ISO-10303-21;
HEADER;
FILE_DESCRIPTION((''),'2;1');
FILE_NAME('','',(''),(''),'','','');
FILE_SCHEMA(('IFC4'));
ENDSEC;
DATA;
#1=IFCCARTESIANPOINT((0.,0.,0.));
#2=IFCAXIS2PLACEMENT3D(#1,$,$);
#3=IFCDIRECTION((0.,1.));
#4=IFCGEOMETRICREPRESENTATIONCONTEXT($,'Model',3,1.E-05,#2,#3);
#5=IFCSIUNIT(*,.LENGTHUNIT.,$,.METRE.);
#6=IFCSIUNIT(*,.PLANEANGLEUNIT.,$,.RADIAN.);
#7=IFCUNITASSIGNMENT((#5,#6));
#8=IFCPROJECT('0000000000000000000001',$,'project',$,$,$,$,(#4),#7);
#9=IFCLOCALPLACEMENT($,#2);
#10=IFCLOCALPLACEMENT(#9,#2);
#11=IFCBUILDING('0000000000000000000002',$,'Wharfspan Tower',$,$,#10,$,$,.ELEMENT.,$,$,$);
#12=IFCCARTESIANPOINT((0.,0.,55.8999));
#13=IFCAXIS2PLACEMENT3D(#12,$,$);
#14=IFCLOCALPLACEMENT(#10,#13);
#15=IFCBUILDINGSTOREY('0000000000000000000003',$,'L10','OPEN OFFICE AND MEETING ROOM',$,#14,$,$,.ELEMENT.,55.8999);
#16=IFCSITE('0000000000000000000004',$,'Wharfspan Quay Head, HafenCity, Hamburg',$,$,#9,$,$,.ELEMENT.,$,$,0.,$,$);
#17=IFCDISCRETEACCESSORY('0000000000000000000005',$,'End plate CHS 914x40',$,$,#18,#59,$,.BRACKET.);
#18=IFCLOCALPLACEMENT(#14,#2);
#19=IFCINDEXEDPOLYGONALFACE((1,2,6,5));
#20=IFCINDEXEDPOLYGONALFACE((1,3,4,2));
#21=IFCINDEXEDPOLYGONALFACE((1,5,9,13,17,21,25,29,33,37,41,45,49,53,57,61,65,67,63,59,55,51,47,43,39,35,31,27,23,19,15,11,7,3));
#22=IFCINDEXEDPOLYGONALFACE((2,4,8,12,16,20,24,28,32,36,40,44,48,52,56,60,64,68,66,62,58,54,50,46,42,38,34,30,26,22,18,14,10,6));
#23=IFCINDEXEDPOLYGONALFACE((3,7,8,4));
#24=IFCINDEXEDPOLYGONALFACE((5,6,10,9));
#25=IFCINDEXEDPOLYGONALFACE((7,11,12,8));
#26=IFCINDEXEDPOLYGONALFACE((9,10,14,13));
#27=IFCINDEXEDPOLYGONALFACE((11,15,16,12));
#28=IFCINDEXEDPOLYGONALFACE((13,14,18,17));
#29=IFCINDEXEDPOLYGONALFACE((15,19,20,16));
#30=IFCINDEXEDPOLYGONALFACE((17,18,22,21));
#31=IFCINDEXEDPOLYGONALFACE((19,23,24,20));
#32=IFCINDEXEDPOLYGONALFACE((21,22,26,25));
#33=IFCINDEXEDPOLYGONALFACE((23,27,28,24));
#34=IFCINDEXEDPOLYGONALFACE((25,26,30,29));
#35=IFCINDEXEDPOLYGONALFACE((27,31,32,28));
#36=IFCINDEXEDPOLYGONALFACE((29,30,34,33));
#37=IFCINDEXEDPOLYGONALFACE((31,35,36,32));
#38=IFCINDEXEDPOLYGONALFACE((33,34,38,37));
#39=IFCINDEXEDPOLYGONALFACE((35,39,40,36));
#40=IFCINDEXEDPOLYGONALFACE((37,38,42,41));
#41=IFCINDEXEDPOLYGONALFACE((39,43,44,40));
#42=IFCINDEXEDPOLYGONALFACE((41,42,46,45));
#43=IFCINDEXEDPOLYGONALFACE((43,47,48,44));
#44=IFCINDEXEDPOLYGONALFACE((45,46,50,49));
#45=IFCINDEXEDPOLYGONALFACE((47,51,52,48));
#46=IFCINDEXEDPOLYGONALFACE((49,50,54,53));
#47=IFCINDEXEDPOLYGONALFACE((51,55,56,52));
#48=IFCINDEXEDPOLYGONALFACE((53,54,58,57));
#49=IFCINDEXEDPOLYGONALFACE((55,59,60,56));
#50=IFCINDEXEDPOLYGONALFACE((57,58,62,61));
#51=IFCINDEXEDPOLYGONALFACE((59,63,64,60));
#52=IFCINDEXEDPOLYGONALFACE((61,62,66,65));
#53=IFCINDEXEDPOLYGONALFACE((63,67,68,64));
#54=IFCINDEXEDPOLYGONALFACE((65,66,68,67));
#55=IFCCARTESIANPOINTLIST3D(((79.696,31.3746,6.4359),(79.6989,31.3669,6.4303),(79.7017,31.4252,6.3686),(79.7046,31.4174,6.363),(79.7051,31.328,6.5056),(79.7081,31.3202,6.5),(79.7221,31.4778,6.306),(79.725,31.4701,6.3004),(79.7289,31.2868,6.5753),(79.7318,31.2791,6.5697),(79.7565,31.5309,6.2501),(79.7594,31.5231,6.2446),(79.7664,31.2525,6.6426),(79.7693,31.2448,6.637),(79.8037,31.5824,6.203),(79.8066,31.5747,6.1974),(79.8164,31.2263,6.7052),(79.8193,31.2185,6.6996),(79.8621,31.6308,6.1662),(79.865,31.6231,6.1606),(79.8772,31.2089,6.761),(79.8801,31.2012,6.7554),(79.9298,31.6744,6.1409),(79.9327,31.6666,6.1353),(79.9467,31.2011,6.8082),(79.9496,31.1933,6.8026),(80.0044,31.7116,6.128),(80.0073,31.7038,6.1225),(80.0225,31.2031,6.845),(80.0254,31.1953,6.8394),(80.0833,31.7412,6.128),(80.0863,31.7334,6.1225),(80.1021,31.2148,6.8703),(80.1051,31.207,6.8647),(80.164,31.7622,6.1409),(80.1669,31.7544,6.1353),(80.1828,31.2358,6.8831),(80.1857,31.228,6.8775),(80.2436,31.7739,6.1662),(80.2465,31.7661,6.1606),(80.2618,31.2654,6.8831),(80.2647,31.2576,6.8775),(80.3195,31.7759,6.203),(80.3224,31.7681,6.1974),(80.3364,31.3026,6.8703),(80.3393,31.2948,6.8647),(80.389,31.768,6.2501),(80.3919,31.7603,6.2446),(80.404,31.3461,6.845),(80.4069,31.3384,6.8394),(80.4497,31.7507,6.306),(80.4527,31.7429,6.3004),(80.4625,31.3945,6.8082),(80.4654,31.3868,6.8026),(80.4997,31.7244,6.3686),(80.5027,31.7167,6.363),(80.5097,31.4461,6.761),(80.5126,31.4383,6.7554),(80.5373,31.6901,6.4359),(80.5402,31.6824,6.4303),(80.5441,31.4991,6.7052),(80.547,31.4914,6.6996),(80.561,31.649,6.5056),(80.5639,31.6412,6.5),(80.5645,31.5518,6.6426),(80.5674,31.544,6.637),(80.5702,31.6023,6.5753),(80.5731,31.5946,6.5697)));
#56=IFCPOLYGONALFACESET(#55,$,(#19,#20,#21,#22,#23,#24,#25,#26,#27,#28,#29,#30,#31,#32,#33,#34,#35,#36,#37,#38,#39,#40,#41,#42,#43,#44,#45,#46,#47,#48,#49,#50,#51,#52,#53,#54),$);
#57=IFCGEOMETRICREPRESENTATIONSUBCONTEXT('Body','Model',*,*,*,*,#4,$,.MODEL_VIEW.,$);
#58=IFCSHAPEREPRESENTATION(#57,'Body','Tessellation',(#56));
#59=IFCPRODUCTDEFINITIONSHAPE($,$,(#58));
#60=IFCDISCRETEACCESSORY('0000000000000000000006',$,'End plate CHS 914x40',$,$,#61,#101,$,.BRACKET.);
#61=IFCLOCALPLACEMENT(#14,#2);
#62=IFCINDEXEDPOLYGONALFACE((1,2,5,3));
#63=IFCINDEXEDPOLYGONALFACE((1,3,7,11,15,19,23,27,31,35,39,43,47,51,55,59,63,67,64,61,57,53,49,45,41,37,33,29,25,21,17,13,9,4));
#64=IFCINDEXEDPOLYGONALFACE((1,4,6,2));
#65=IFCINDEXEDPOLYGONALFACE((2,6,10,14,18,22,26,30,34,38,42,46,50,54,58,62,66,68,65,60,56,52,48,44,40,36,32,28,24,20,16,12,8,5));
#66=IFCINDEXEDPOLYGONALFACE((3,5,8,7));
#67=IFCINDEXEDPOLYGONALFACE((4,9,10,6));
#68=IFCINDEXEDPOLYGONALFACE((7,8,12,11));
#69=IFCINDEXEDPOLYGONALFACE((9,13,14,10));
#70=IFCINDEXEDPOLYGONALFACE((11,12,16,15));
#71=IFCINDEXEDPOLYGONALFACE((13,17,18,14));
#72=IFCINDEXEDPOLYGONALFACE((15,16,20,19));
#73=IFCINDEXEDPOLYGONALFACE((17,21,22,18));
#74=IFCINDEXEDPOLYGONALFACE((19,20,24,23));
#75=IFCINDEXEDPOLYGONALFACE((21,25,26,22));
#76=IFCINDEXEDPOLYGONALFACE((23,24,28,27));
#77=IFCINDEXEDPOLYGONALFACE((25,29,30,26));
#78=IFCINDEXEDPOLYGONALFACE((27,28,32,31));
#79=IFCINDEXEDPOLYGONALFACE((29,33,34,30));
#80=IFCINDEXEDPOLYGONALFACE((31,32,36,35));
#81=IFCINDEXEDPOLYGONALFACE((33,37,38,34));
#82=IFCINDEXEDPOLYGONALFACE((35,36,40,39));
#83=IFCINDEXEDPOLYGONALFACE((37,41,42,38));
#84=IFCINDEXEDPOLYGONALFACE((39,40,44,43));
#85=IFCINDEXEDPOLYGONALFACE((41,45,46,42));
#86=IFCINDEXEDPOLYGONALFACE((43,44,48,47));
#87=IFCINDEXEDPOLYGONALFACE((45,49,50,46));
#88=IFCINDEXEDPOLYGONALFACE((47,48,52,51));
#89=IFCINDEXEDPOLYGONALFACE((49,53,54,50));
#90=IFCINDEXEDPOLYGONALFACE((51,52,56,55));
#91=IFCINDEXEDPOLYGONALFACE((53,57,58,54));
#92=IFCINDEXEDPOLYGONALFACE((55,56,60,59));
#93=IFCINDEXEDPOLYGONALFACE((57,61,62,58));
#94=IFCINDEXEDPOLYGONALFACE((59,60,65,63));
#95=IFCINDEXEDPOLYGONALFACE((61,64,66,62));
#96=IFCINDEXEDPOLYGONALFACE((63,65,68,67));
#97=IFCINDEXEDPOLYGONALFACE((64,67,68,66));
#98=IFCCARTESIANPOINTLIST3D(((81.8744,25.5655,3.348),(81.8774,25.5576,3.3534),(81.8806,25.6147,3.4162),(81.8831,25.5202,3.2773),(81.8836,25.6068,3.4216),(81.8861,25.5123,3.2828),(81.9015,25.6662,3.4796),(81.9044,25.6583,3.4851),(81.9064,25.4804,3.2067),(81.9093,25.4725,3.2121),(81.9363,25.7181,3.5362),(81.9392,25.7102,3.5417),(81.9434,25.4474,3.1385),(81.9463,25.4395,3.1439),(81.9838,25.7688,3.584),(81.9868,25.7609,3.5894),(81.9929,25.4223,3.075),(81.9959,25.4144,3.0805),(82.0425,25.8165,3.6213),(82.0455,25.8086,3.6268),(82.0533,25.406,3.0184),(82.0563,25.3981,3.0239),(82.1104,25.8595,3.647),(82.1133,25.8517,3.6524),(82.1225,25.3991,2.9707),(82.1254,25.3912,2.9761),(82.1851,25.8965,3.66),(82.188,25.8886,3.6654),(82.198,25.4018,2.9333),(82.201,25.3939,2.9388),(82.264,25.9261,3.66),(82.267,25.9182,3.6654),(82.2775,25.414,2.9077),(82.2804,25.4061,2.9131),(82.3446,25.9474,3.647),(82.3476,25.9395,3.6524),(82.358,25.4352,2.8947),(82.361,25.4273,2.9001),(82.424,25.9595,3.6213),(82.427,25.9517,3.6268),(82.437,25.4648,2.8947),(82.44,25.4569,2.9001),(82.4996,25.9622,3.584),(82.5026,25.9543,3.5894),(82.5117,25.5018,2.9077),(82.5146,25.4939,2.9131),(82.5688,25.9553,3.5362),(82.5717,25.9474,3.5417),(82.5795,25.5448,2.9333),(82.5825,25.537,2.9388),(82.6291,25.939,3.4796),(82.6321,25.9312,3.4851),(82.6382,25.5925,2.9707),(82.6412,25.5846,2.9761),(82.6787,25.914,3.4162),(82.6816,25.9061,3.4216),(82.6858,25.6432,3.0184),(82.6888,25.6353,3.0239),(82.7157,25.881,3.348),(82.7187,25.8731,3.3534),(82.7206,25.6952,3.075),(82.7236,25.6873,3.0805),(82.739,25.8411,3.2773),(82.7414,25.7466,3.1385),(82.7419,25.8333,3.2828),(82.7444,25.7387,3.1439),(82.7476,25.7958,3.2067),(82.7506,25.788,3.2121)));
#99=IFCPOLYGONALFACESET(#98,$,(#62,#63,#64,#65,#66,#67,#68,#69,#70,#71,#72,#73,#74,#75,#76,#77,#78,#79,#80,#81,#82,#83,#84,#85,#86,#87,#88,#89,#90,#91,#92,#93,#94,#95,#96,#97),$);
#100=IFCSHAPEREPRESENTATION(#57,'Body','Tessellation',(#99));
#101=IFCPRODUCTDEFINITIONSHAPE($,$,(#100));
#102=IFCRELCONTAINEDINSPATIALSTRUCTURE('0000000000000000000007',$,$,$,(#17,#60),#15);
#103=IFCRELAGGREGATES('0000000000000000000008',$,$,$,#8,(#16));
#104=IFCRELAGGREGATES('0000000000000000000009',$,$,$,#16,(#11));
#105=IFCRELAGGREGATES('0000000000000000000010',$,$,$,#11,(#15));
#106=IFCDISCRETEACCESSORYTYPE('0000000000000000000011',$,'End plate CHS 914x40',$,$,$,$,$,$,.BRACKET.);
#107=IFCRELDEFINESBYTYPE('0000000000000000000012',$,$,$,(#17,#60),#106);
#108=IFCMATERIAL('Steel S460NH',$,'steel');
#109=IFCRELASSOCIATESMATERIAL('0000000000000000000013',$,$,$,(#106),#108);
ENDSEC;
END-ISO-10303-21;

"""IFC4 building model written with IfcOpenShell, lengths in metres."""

from ifc_helpers import new_model, si_unit, direction, frame, origin, origin_2d, place, context, subcontext, project, spatial, circle, extrude, material, material_profile, profile_set, type_object, element, save


model = new_model("IFC4")

# Units and contexts
model_context = context("Model", 3, precision=1e-05, world=origin(), true_north=direction((0.0, 1.0)))
body_context = subcontext(model_context, "Body", "Model", "MODEL_VIEW")
ifc_project = project(units=[si_unit("LENGTHUNIT", "METRE"), si_unit("PLANEANGLEUNIT", "RADIAN")], contexts=[model_context])

# Site, building, storey
site_placement = place(None, origin())
site = spatial("IfcSite", under=ifc_project, at=site_placement, Name="Wharfspan Quay Head, HafenCity, Hamburg", CompositionType="ELEMENT", RefElevation=0.0)
building_placement = place(site_placement, origin())
building = spatial("IfcBuilding", under=site, at=building_placement, Name="Wharfspan Tower", CompositionType="ELEMENT")
storey_placement = place(building_placement, frame((0.0, 0.0, 55.8999)))
storey = spatial("IfcBuildingStorey", under=building, at=storey_placement, Name="L10", Description="OPEN OFFICE AND MEETING ROOM", CompositionType="ELEMENT", Elevation=55.8999)

# Shared definitions
ifc_material_1 = material(Name="Steel S460NH", Category="steel")

# Discrete accessories
ifc_material_profile_1 = material_profile(ifc_material_1, circle(Radius=0.457, at=origin_2d()))
ifc_profile_set_1 = profile_set([ifc_material_profile_1], Name="Steel S460NH")
discrete_accessory_type = type_object("IfcDiscreteAccessoryType", Name="End plate CHS 914x40", PredefinedType="BRACKET", material=ifc_profile_set_1)
for number, where, z_axis, x_axis, name in (
    (1, (80.136, 31.4807, 6.5), (-0.2913, 0.7768, 0.558325), (-0.936328, -0.351123, 0.0), "End plate CHS 914x40"),
    (2, (82.311, 25.6807, 3.2773), (0.295241, -0.787309, 0.541275), (0.936333, 0.351125, 0.0), "End plate CHS 914x40"),
):
    element("IfcDiscreteAccessory", number, at=place(storey_placement, frame(where, z_axis=z_axis, x_axis=x_axis)), inside=storey, type_object=discrete_accessory_type, Name=name, PredefinedType="BRACKET", context=body_context, shape_type="SweptSolid", body=[
        extrude(circle(Radius=0.457, at=origin_2d()), origin(), (0.0, 0.0, 1.0), 0.01),
    ])

save(model, "model.ifc")
